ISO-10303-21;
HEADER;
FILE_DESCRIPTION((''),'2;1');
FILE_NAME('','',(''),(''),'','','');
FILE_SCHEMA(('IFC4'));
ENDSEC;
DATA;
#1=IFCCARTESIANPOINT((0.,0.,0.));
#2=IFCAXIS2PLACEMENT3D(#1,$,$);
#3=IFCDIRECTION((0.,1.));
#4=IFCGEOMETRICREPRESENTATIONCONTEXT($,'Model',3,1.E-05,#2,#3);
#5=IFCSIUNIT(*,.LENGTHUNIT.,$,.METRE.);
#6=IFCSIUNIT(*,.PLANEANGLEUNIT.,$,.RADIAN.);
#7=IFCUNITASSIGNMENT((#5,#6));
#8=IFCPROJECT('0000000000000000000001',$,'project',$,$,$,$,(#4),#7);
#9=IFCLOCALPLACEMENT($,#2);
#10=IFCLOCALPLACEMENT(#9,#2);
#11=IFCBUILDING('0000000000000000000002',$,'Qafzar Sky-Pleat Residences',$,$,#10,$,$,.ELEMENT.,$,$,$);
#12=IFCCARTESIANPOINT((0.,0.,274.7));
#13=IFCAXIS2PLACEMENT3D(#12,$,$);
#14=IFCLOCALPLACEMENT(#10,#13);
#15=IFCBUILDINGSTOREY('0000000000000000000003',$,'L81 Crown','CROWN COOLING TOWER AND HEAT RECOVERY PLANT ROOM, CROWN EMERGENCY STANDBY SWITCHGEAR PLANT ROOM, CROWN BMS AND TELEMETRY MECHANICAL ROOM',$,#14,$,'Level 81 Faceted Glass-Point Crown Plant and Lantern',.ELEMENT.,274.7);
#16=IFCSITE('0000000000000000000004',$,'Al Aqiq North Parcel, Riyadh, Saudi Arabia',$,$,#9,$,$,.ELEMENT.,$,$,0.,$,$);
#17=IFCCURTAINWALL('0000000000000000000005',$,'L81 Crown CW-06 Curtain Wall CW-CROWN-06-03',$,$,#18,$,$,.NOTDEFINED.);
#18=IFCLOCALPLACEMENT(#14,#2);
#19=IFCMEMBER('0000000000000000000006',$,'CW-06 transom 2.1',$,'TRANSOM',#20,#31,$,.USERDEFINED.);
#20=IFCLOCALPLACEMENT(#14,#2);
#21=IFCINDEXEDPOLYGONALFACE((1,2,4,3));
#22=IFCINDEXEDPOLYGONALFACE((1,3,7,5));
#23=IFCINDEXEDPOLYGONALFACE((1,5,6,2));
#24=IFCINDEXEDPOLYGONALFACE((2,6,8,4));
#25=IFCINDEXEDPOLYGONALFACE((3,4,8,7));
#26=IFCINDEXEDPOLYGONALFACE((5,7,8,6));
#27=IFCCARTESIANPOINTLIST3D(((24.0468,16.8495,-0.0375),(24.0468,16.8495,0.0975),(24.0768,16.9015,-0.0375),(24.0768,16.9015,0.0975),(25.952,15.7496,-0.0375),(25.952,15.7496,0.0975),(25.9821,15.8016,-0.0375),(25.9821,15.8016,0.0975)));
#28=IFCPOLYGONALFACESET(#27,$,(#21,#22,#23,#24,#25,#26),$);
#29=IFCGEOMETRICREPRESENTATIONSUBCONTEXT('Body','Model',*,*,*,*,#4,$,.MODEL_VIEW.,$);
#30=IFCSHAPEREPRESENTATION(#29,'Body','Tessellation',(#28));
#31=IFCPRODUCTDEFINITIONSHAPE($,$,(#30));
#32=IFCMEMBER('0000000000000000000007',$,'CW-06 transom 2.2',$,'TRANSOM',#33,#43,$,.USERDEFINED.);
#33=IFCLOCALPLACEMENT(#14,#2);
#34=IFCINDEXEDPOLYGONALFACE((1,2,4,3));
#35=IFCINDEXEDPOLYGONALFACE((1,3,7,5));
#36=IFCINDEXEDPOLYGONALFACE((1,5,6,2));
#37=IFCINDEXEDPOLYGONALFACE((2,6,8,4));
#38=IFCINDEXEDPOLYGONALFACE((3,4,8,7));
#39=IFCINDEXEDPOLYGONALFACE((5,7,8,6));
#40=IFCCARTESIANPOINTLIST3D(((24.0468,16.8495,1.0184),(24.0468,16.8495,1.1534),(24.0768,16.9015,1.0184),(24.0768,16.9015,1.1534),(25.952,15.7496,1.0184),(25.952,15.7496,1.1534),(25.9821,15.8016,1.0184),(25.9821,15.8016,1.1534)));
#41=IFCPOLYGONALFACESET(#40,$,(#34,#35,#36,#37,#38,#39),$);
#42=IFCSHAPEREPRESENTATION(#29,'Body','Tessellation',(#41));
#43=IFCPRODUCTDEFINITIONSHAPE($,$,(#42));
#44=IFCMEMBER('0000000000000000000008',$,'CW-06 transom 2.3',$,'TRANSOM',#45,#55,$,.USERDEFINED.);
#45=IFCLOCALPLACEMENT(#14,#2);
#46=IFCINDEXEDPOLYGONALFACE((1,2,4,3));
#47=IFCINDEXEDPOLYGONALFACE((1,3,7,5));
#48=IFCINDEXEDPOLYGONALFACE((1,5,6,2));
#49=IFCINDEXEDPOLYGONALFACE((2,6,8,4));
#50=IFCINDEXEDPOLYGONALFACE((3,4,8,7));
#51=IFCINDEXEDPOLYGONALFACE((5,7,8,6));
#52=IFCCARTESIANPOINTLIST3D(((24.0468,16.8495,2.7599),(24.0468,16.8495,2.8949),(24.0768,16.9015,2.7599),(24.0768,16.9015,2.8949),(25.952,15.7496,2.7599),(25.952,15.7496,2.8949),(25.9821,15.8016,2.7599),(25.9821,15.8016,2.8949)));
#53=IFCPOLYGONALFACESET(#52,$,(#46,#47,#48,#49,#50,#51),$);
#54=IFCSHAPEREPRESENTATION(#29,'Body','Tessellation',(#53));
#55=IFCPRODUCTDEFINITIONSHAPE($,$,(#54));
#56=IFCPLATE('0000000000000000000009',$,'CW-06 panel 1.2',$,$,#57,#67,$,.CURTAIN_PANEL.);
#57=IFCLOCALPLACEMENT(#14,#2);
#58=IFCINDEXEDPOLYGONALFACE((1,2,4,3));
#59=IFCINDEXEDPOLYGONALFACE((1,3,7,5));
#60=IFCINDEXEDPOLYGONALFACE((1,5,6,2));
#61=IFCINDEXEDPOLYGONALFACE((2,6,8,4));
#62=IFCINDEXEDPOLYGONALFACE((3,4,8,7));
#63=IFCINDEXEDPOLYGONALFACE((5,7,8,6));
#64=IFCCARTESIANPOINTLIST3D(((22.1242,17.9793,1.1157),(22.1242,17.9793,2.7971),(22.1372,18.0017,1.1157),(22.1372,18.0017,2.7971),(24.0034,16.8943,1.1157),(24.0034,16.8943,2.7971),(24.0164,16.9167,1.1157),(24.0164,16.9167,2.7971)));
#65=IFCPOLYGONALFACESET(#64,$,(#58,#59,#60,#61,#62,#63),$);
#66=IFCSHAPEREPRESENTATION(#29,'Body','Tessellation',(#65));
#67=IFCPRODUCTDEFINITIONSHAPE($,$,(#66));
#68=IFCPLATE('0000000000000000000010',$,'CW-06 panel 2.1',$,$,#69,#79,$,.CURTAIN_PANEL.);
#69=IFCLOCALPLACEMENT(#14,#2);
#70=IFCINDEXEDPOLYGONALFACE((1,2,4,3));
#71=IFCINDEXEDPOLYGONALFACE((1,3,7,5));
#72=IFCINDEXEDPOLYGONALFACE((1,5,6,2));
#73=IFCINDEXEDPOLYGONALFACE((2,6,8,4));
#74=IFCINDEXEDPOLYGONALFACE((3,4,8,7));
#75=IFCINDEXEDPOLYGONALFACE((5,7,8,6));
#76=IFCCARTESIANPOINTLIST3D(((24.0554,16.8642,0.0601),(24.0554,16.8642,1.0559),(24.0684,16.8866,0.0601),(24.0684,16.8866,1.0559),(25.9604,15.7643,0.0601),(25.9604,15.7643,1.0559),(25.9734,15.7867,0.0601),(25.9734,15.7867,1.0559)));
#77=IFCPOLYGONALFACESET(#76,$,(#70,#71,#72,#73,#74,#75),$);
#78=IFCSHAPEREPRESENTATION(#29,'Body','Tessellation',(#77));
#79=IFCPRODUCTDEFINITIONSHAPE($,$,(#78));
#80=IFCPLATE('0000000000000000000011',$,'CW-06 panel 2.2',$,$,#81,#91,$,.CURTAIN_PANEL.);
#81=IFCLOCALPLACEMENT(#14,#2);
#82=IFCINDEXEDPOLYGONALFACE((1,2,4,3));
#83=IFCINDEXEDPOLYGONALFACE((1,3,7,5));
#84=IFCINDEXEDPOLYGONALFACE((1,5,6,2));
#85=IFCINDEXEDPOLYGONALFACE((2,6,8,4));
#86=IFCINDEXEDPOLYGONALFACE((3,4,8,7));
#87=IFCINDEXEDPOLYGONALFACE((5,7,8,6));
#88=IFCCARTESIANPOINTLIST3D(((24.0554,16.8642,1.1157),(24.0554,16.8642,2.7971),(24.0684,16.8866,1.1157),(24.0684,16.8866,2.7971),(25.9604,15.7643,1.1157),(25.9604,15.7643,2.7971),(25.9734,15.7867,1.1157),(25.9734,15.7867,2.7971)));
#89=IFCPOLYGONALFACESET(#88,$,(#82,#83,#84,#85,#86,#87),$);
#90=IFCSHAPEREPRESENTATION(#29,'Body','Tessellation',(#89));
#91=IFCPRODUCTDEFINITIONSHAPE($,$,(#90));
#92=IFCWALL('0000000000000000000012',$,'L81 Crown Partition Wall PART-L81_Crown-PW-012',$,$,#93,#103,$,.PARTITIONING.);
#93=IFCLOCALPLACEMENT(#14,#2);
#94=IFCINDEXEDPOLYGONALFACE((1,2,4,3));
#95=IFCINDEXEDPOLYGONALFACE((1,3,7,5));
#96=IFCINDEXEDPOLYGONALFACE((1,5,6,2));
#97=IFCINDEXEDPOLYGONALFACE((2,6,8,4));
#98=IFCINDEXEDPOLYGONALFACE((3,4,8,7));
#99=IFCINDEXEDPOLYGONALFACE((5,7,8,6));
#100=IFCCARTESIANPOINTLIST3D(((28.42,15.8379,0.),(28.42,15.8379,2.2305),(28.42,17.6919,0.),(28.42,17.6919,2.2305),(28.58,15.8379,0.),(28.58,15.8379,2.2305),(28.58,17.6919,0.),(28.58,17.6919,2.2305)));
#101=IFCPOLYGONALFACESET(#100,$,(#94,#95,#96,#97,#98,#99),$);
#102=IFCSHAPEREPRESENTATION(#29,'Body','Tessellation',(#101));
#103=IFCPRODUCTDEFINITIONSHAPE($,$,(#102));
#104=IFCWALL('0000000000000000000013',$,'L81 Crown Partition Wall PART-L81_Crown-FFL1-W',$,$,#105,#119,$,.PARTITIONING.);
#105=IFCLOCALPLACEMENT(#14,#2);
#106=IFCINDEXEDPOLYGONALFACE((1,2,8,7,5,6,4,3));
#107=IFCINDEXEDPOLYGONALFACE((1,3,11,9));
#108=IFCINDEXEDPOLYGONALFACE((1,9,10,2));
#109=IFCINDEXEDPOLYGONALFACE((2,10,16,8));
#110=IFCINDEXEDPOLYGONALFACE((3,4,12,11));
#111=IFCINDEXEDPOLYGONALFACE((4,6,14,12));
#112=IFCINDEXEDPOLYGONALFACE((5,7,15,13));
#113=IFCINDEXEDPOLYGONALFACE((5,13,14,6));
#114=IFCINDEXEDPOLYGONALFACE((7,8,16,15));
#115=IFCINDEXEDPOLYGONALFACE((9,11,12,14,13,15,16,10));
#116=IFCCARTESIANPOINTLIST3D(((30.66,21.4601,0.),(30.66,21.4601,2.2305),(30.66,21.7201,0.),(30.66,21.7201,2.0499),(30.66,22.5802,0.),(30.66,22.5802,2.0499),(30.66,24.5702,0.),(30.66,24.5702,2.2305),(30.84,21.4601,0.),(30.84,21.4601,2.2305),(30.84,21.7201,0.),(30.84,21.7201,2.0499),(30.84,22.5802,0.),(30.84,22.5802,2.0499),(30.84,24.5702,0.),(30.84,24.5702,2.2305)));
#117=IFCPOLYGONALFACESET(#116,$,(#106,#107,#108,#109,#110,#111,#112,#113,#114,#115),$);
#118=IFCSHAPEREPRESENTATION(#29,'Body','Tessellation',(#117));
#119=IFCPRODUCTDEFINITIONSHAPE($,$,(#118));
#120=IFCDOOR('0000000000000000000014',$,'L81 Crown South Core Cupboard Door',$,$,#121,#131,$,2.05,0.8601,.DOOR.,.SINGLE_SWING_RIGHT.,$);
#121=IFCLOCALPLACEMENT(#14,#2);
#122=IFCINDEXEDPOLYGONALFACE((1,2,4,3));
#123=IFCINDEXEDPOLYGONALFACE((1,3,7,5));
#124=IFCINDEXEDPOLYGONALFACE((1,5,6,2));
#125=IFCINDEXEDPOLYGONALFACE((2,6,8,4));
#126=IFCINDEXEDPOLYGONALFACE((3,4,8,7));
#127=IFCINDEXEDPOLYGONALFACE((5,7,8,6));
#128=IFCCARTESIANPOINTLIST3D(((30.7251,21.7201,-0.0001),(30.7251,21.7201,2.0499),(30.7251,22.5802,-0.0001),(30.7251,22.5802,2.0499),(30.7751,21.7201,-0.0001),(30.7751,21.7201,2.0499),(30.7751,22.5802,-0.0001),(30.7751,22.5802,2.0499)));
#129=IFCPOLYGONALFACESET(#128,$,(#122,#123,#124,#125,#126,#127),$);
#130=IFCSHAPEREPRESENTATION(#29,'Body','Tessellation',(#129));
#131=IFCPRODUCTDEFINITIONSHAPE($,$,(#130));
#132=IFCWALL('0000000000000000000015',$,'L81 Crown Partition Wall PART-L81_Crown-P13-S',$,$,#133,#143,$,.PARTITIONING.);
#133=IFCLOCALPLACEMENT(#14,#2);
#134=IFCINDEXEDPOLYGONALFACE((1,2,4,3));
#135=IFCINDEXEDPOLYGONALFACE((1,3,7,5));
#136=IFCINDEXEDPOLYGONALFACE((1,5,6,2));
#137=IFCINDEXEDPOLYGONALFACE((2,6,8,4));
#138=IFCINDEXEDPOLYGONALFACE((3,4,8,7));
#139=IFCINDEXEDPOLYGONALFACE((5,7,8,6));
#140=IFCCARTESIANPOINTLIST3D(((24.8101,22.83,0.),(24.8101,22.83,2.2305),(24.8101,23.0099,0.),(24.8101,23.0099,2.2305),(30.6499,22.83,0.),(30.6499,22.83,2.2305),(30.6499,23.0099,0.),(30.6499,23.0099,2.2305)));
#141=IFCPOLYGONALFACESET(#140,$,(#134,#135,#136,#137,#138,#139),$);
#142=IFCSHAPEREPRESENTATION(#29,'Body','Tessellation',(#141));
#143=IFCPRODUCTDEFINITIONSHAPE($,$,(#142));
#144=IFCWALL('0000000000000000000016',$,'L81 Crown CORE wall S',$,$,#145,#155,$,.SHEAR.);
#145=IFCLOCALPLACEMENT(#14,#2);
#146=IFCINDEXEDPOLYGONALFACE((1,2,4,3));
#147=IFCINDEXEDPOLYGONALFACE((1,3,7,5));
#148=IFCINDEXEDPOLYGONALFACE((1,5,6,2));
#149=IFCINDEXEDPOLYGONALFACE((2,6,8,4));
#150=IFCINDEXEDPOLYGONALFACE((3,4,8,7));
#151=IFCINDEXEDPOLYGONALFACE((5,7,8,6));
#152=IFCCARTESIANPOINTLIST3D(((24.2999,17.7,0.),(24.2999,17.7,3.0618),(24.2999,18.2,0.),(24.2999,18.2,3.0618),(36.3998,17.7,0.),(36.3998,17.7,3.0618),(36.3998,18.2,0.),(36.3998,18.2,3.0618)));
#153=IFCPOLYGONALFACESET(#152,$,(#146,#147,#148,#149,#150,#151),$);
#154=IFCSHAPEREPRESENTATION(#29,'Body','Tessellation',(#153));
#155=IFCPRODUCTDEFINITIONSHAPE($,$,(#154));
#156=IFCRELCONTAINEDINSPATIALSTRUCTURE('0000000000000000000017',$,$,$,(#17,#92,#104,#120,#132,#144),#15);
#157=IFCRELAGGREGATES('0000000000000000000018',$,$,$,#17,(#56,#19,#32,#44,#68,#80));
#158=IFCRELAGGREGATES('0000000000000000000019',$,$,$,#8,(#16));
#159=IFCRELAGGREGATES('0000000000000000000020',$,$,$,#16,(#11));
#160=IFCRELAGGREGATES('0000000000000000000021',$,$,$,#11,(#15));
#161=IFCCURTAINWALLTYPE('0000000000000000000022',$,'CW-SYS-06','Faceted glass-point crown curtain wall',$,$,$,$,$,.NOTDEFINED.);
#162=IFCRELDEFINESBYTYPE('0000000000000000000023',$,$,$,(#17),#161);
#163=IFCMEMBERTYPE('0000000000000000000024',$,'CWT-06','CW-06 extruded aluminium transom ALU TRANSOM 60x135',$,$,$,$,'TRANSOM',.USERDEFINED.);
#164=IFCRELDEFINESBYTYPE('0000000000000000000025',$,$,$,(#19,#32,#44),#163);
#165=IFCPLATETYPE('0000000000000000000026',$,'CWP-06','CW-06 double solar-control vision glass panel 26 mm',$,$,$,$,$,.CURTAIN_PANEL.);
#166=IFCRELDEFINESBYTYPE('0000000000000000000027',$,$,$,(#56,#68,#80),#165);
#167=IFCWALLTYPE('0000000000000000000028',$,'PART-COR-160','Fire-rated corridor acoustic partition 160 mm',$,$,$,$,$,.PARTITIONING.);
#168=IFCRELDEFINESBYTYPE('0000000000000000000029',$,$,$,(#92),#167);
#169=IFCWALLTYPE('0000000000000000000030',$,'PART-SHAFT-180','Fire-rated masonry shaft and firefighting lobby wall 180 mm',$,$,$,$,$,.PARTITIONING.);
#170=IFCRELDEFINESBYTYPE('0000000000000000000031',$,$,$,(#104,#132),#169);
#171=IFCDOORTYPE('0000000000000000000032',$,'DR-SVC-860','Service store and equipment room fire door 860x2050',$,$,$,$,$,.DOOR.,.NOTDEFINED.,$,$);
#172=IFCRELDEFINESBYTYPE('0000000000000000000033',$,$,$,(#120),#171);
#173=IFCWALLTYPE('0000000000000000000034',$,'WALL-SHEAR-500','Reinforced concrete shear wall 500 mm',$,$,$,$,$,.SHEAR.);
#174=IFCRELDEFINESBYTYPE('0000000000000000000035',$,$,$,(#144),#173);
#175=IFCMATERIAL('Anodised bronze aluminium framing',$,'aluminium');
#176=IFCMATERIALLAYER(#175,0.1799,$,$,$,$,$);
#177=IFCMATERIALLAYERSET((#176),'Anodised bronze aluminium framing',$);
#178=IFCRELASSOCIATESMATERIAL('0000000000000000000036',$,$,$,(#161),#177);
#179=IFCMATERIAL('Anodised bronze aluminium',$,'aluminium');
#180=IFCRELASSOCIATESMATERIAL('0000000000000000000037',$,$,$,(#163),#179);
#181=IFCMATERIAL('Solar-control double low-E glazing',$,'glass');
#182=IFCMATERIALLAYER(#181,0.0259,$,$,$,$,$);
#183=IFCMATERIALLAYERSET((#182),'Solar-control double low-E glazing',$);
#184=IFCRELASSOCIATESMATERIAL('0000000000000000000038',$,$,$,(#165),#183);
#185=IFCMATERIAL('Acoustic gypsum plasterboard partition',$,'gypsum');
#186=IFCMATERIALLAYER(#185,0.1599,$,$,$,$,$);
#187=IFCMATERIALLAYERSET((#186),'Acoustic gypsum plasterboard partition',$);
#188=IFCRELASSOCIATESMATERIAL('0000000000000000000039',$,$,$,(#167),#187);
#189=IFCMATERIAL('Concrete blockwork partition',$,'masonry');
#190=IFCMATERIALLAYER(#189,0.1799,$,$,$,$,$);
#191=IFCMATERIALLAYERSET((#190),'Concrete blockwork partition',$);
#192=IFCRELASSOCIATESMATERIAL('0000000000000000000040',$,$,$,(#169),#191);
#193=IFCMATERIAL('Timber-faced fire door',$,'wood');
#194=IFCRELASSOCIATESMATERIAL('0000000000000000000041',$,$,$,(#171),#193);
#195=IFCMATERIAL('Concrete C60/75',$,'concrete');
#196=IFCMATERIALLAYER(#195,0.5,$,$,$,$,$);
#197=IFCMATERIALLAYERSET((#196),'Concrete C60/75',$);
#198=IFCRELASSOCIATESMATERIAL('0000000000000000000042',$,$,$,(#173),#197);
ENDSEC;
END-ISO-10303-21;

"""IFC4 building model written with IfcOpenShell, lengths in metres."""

from ifc_helpers import new_model, si_unit, direction, frame, frame_2d, origin, origin_2d, place, context, subcontext, project, spatial, rectangle, extrude, source, transform, mapped, material, layer, layer_set, material_profile, profile_set, type_object, element, fill, aggregate, save


model = new_model("IFC4")

# Units and contexts
model_context = context("Model", 3, precision=1e-05, world=origin(), true_north=direction((0.0, 1.0)))
body_context = subcontext(model_context, "Body", "Model", "MODEL_VIEW")
ifc_project = project(units=[si_unit("LENGTHUNIT", "METRE"), si_unit("PLANEANGLEUNIT", "RADIAN")], contexts=[model_context])

# Site, building, storey
site_placement = place(None, origin())
site = spatial("IfcSite", under=ifc_project, at=site_placement, Name="Al Aqiq North Parcel, Riyadh, Saudi Arabia", CompositionType="ELEMENT", RefElevation=0.0)
building_placement = place(site_placement, origin())
building = spatial("IfcBuilding", under=site, at=building_placement, Name="Qafzar Sky-Pleat Residences", CompositionType="ELEMENT")
storey_placement = place(building_placement, frame((0.0, 0.0, 274.7)))
storey = spatial("IfcBuildingStorey", under=building, at=storey_placement, Name="L81 Crown", Description="CROWN COOLING TOWER AND HEAT RECOVERY PLANT ROOM, CROWN EMERGENCY STANDBY SWITCHGEAR PLANT ROOM, CROWN BMS AND TELEMETRY MECHANICAL ROOM", LongName="Level 81 Faceted Glass-Point Crown Plant and Lantern", CompositionType="ELEMENT", Elevation=274.7)

# Curtain wall, members, plates
ifc_material_1 = material(Name="Anodised bronze aluminium framing", Category="aluminium")
ifc_layer_1 = layer(ifc_material_1, 0.1799)
ifc_layer_set_1 = layer_set([ifc_layer_1], Name="Anodised bronze aluminium framing")
curtain_wall_type = type_object("IfcCurtainWallType", Name="CW-SYS-06", Description="Faceted glass-point crown curtain wall", PredefinedType="NOTDEFINED", material=ifc_layer_set_1)
curtain_wall_placement = place(storey_placement, origin())
curtain_wall = element("IfcCurtainWall", 1, at=curtain_wall_placement, inside=storey, type_object=curtain_wall_type, Name="L81 Crown CW-06 Curtain Wall CW-CROWN-06-03", PredefinedType="NOTDEFINED")
ifc_material_2 = material(Name="Anodised bronze aluminium", Category="aluminium")
ifc_material_profile_1 = material_profile(ifc_material_2, rectangle(XDim=0.0601, YDim=0.135, at=origin_2d()), Name="ALU TRANSOM 60x135")
ifc_profile_set_1 = profile_set([ifc_material_profile_1], Name="Anodised bronze aluminium")
member_type_1 = type_object("IfcMemberType", Name="CWT-06", Description="CW-06 extruded aluminium transom ALU TRANSOM 60x135", ElementType="TRANSOM", PredefinedType="USERDEFINED", material=ifc_profile_set_1)
shared_shape_1 = source(origin(), body_context, "Body", "SweptSolid", [
    extrude(rectangle(XDim=0.0601, YDim=0.135, at=origin_2d()), origin(), (0.0, 0.0, 1.0), 2.2),
])
member_1_placement = place(storey_placement, frame((24.0618, 16.8755, 0.03), z_axis=(0.866056, -0.499947, 0.0), x_axis=(0.499947, 0.866056, 0.0)))
member_1 = element("IfcMember", 2, at=member_1_placement, type_object=member_type_1, Name="CW-06 transom 2.1", ObjectType="TRANSOM", PredefinedType="USERDEFINED", context=body_context, shape_type="MappedRepresentation", body=[
    mapped(shared_shape_1, transform((0.0, 0.0, 0.0), x_axis=(1.0, 0.0, 0.0), y_axis=(0.0, 1.0, 0.0), z_axis=(0.0, 0.0, 1.0), scale=1.0)),
])
member_2_placement = place(storey_placement, frame((24.0618, 16.8755, 1.0859), z_axis=(0.866056, -0.499947, 0.0), x_axis=(0.499947, 0.866056, 0.0)))
member_2 = element("IfcMember", 3, at=member_2_placement, type_object=member_type_1, Name="CW-06 transom 2.2", ObjectType="TRANSOM", PredefinedType="USERDEFINED", context=body_context, shape_type="MappedRepresentation", body=[
    mapped(shared_shape_1, transform((0.0, 0.0, 0.0), x_axis=(1.0, 0.0, 0.0), y_axis=(0.0, 1.0, 0.0), z_axis=(0.0, 0.0, 1.0), scale=1.0)),
])
member_3_placement = place(storey_placement, frame((24.0618, 16.8755, 2.8274), z_axis=(0.866056, -0.499947, 0.0), x_axis=(0.499947, 0.866056, 0.0)))
member_3 = element("IfcMember", 4, at=member_3_placement, type_object=member_type_1, Name="CW-06 transom 2.3", ObjectType="TRANSOM", PredefinedType="USERDEFINED", context=body_context, shape_type="MappedRepresentation", body=[
    mapped(shared_shape_1, transform((0.0, 0.0, 0.0), x_axis=(1.0, 0.0, 0.0), y_axis=(0.0, 1.0, 0.0), z_axis=(0.0, 0.0, 1.0), scale=1.0)),
])
ifc_material_3 = material(Name="Solar-control double low-E glazing", Category="glass")
ifc_layer_2 = layer(ifc_material_3, 0.0259)
ifc_layer_set_2 = layer_set([ifc_layer_2], Name="Solar-control double low-E glazing")
plate_type = type_object("IfcPlateType", Name="CWP-06", Description="CW-06 double solar-control vision glass panel 26 mm", PredefinedType="CURTAIN_PANEL", material=ifc_layer_set_2)
shared_shape_2 = source(origin(), body_context, "Body", "SweptSolid", [
    extrude(rectangle(XDim=2.1699, YDim=0.0259, at=origin_2d()), origin(), (0.0, 0.0, 1.0), 1.6814),
])
plate_1_placement = place(storey_placement, frame((23.0703, 17.448, 1.1157), z_axis=(0.0, 0.0, 1.0), x_axis=(0.866028, -0.499996, 0.0)))
plate_1 = element("IfcPlate", 5, at=plate_1_placement, type_object=plate_type, Name="CW-06 panel 1.2", PredefinedType="CURTAIN_PANEL", context=body_context, shape_type="MappedRepresentation", body=[
    mapped(shared_shape_2, transform((0.0, 0.0, 0.0), x_axis=(1.0, 0.0, 0.0), y_axis=(0.0, 1.0, 0.0), z_axis=(0.0, 0.0, 1.0), scale=1.0)),
])
shared_shape_3 = source(origin(), body_context, "Body", "SweptSolid", [
    extrude(rectangle(XDim=2.1997, YDim=0.0259, at=origin_2d()), origin(), (0.0, 0.0, 1.0), 0.9958),
])
plate_2_placement = place(storey_placement, frame((25.0144, 16.3254, 0.0601), z_axis=(0.0, 0.0, 1.0), x_axis=(0.866028, -0.499996, 0.0)))
plate_2 = element("IfcPlate", 6, at=plate_2_placement, type_object=plate_type, Name="CW-06 panel 2.1", PredefinedType="CURTAIN_PANEL", context=body_context, shape_type="MappedRepresentation", body=[
    mapped(shared_shape_3, transform((0.0, 0.0, 0.0), x_axis=(1.0, 0.0, 0.0), y_axis=(0.0, 1.0, 0.0), z_axis=(0.0, 0.0, 1.0), scale=1.0)),
])
shared_shape_4 = source(origin(), body_context, "Body", "SweptSolid", [
    extrude(rectangle(XDim=2.1997, YDim=0.0259, at=origin_2d()), origin(), (0.0, 0.0, 1.0), 1.6814),
])
plate_3_placement = place(storey_placement, frame((25.0144, 16.3254, 1.1157), z_axis=(0.0, 0.0, 1.0), x_axis=(0.866028, -0.499996, 0.0)))
plate_3 = element("IfcPlate", 7, at=plate_3_placement, type_object=plate_type, Name="CW-06 panel 2.2", PredefinedType="CURTAIN_PANEL", context=body_context, shape_type="MappedRepresentation", body=[
    mapped(shared_shape_4, transform((0.0, 0.0, 0.0), x_axis=(1.0, 0.0, 0.0), y_axis=(0.0, 1.0, 0.0), z_axis=(0.0, 0.0, 1.0), scale=1.0)),
])
aggregate(curtain_wall, [plate_1, member_1, member_2, member_3, plate_2, plate_3])

# Shared definitions
ifc_material_4 = material(Name="Acoustic gypsum plasterboard partition", Category="gypsum")
ifc_layer_3 = layer(ifc_material_4, 0.1599)
ifc_layer_set_3 = layer_set([ifc_layer_3], Name="Acoustic gypsum plasterboard partition")
wall_type_1 = type_object("IfcWallType", Name="PART-COR-160", Description="Fire-rated corridor acoustic partition 160 mm", PredefinedType="PARTITIONING", material=ifc_layer_set_3)
ifc_material_5 = material(Name="Timber-faced fire door", Category="wood")

# Wall
wall_1_placement = place(storey_placement, frame((28.5, 15.8379, 0.0), z_axis=(0.0, 0.0, 1.0), x_axis=(0.0, 1.0, 0.0)))
element("IfcWall", 8, at=wall_1_placement, inside=storey, type_object=wall_type_1, Name="L81 Crown Partition Wall PART-L81_Crown-PW-012", PredefinedType="PARTITIONING", context=body_context, shape_type="SweptSolid", body=[
    extrude(rectangle(XDim=1.854, YDim=0.1599, at=frame_2d((0.927, 0.0))), origin(), (0.0, 0.0, 1.0), 2.2305),
])

# Wall, opening, door
ifc_material_6 = material(Name="Concrete blockwork partition", Category="masonry")
ifc_layer_4 = layer(ifc_material_6, 0.1799)
ifc_layer_set_4 = layer_set([ifc_layer_4], Name="Concrete blockwork partition")
wall_type_2 = type_object("IfcWallType", Name="PART-SHAFT-180", Description="Fire-rated masonry shaft and firefighting lobby wall 180 mm", PredefinedType="PARTITIONING", material=ifc_layer_set_4)
wall_2_placement = place(storey_placement, frame((30.75, 21.46, 0.0), z_axis=(0.0, 0.0, 1.0), x_axis=(0.0, 1.0, 0.0)))
wall_2 = element("IfcWall", 9, at=wall_2_placement, inside=storey, type_object=wall_type_2, Name="L81 Crown Partition Wall PART-L81_Crown-FFL1-W", PredefinedType="PARTITIONING", context=body_context, shape_type="SweptSolid", body=[
    extrude(rectangle(XDim=3.1101, YDim=0.1799, at=frame_2d((1.5552, 0.0))), origin(), (0.0, 0.0, 1.0), 2.2305),
])
opening_1_placement = place(wall_2_placement, frame((0.26, 0.0, 0.0)))
opening_1 = element("IfcOpeningElement", 10, at=opening_1_placement, cuts=wall_2, PredefinedType="OPENING", context=body_context, shape_type="SweptSolid", body=[
    extrude(rectangle(XDim=0.8601, YDim=2.05, at=frame_2d((0.4302, 1.0249))), frame((0.0, 0.1001, 0.0), z_axis=(0.0, -1.0, 0.0), x_axis=(1.0, 0.0, 0.0)), (0.0, 0.0, 1.0), 0.2),
])
door_type_1 = type_object("IfcDoorType", Name="DR-SVC-860", Description="Service store and equipment room fire door 860x2050", OperationType="NOTDEFINED", PredefinedType="DOOR", material=ifc_material_5)
shared_shape_5 = source(origin(), body_context, "Body", "SweptSolid", [
    extrude(rectangle(XDim=0.8601, YDim=2.05, at=frame_2d((0.4302, 1.0249))), frame((0.0, 0.0249, 0.0), z_axis=(0.0, -1.0, 0.0), x_axis=(1.0, 0.0, 0.0)), (0.0, 0.0, 1.0), 0.05),
])
door_1_placement = place(opening_1_placement, origin())
door_1 = element("IfcDoor", 11, at=door_1_placement, inside=storey, type_object=door_type_1, Name="L81 Crown South Core Cupboard Door", OperationType="SINGLE_SWING_RIGHT", OverallHeight=2.05, OverallWidth=0.8601, PredefinedType="DOOR", context=body_context, shape_type="MappedRepresentation", body=[
    mapped(shared_shape_5, transform((0.0, 0.0, 0.0), x_axis=(1.0, 0.0, 0.0), y_axis=(0.0, 1.0, 0.0), z_axis=(0.0, 0.0, 1.0), scale=1.0)),
])
fill(opening_1, door_1)

# Wall
wall_3_placement = place(storey_placement, frame((24.8101, 22.9199, 0.0), z_axis=(0.0, 0.0, 1.0), x_axis=(1.0, 0.0, 0.0)))
element("IfcWall", 12, at=wall_3_placement, inside=storey, type_object=wall_type_2, Name="L81 Crown Partition Wall PART-L81_Crown-P13-S", PredefinedType="PARTITIONING", context=body_context, shape_type="SweptSolid", body=[
    extrude(rectangle(XDim=5.8398, YDim=0.1799, at=frame_2d((2.9199, 0.0))), origin(), (0.0, 0.0, 1.0), 2.2305),
])

# Shared definitions
ifc_material_7 = material(Name="Concrete C60/75", Category="concrete")

# Wall
ifc_layer_5 = layer(ifc_material_7, 0.5)
ifc_layer_set_5 = layer_set([ifc_layer_5], Name="Concrete C60/75")
wall_type_3 = type_object("IfcWallType", Name="WALL-SHEAR-500", Description="Reinforced concrete shear wall 500 mm", PredefinedType="SHEAR", material=ifc_layer_set_5)
wall_4_placement = place(storey_placement, frame((24.3, 17.95, 0.0), z_axis=(0.0, 0.0, 1.0), x_axis=(1.0, 0.0, 0.0)))
element("IfcWall", 13, at=wall_4_placement, inside=storey, type_object=wall_type_3, Name="L81 Crown CORE wall S", PredefinedType="SHEAR", context=body_context, shape_type="SweptSolid", body=[
    extrude(rectangle(XDim=12.0999, YDim=0.5, at=frame_2d((6.0498, 0.0))), origin(), (0.0, 0.0, 1.0), 3.0618),
])

save(model, "model.ifc")
